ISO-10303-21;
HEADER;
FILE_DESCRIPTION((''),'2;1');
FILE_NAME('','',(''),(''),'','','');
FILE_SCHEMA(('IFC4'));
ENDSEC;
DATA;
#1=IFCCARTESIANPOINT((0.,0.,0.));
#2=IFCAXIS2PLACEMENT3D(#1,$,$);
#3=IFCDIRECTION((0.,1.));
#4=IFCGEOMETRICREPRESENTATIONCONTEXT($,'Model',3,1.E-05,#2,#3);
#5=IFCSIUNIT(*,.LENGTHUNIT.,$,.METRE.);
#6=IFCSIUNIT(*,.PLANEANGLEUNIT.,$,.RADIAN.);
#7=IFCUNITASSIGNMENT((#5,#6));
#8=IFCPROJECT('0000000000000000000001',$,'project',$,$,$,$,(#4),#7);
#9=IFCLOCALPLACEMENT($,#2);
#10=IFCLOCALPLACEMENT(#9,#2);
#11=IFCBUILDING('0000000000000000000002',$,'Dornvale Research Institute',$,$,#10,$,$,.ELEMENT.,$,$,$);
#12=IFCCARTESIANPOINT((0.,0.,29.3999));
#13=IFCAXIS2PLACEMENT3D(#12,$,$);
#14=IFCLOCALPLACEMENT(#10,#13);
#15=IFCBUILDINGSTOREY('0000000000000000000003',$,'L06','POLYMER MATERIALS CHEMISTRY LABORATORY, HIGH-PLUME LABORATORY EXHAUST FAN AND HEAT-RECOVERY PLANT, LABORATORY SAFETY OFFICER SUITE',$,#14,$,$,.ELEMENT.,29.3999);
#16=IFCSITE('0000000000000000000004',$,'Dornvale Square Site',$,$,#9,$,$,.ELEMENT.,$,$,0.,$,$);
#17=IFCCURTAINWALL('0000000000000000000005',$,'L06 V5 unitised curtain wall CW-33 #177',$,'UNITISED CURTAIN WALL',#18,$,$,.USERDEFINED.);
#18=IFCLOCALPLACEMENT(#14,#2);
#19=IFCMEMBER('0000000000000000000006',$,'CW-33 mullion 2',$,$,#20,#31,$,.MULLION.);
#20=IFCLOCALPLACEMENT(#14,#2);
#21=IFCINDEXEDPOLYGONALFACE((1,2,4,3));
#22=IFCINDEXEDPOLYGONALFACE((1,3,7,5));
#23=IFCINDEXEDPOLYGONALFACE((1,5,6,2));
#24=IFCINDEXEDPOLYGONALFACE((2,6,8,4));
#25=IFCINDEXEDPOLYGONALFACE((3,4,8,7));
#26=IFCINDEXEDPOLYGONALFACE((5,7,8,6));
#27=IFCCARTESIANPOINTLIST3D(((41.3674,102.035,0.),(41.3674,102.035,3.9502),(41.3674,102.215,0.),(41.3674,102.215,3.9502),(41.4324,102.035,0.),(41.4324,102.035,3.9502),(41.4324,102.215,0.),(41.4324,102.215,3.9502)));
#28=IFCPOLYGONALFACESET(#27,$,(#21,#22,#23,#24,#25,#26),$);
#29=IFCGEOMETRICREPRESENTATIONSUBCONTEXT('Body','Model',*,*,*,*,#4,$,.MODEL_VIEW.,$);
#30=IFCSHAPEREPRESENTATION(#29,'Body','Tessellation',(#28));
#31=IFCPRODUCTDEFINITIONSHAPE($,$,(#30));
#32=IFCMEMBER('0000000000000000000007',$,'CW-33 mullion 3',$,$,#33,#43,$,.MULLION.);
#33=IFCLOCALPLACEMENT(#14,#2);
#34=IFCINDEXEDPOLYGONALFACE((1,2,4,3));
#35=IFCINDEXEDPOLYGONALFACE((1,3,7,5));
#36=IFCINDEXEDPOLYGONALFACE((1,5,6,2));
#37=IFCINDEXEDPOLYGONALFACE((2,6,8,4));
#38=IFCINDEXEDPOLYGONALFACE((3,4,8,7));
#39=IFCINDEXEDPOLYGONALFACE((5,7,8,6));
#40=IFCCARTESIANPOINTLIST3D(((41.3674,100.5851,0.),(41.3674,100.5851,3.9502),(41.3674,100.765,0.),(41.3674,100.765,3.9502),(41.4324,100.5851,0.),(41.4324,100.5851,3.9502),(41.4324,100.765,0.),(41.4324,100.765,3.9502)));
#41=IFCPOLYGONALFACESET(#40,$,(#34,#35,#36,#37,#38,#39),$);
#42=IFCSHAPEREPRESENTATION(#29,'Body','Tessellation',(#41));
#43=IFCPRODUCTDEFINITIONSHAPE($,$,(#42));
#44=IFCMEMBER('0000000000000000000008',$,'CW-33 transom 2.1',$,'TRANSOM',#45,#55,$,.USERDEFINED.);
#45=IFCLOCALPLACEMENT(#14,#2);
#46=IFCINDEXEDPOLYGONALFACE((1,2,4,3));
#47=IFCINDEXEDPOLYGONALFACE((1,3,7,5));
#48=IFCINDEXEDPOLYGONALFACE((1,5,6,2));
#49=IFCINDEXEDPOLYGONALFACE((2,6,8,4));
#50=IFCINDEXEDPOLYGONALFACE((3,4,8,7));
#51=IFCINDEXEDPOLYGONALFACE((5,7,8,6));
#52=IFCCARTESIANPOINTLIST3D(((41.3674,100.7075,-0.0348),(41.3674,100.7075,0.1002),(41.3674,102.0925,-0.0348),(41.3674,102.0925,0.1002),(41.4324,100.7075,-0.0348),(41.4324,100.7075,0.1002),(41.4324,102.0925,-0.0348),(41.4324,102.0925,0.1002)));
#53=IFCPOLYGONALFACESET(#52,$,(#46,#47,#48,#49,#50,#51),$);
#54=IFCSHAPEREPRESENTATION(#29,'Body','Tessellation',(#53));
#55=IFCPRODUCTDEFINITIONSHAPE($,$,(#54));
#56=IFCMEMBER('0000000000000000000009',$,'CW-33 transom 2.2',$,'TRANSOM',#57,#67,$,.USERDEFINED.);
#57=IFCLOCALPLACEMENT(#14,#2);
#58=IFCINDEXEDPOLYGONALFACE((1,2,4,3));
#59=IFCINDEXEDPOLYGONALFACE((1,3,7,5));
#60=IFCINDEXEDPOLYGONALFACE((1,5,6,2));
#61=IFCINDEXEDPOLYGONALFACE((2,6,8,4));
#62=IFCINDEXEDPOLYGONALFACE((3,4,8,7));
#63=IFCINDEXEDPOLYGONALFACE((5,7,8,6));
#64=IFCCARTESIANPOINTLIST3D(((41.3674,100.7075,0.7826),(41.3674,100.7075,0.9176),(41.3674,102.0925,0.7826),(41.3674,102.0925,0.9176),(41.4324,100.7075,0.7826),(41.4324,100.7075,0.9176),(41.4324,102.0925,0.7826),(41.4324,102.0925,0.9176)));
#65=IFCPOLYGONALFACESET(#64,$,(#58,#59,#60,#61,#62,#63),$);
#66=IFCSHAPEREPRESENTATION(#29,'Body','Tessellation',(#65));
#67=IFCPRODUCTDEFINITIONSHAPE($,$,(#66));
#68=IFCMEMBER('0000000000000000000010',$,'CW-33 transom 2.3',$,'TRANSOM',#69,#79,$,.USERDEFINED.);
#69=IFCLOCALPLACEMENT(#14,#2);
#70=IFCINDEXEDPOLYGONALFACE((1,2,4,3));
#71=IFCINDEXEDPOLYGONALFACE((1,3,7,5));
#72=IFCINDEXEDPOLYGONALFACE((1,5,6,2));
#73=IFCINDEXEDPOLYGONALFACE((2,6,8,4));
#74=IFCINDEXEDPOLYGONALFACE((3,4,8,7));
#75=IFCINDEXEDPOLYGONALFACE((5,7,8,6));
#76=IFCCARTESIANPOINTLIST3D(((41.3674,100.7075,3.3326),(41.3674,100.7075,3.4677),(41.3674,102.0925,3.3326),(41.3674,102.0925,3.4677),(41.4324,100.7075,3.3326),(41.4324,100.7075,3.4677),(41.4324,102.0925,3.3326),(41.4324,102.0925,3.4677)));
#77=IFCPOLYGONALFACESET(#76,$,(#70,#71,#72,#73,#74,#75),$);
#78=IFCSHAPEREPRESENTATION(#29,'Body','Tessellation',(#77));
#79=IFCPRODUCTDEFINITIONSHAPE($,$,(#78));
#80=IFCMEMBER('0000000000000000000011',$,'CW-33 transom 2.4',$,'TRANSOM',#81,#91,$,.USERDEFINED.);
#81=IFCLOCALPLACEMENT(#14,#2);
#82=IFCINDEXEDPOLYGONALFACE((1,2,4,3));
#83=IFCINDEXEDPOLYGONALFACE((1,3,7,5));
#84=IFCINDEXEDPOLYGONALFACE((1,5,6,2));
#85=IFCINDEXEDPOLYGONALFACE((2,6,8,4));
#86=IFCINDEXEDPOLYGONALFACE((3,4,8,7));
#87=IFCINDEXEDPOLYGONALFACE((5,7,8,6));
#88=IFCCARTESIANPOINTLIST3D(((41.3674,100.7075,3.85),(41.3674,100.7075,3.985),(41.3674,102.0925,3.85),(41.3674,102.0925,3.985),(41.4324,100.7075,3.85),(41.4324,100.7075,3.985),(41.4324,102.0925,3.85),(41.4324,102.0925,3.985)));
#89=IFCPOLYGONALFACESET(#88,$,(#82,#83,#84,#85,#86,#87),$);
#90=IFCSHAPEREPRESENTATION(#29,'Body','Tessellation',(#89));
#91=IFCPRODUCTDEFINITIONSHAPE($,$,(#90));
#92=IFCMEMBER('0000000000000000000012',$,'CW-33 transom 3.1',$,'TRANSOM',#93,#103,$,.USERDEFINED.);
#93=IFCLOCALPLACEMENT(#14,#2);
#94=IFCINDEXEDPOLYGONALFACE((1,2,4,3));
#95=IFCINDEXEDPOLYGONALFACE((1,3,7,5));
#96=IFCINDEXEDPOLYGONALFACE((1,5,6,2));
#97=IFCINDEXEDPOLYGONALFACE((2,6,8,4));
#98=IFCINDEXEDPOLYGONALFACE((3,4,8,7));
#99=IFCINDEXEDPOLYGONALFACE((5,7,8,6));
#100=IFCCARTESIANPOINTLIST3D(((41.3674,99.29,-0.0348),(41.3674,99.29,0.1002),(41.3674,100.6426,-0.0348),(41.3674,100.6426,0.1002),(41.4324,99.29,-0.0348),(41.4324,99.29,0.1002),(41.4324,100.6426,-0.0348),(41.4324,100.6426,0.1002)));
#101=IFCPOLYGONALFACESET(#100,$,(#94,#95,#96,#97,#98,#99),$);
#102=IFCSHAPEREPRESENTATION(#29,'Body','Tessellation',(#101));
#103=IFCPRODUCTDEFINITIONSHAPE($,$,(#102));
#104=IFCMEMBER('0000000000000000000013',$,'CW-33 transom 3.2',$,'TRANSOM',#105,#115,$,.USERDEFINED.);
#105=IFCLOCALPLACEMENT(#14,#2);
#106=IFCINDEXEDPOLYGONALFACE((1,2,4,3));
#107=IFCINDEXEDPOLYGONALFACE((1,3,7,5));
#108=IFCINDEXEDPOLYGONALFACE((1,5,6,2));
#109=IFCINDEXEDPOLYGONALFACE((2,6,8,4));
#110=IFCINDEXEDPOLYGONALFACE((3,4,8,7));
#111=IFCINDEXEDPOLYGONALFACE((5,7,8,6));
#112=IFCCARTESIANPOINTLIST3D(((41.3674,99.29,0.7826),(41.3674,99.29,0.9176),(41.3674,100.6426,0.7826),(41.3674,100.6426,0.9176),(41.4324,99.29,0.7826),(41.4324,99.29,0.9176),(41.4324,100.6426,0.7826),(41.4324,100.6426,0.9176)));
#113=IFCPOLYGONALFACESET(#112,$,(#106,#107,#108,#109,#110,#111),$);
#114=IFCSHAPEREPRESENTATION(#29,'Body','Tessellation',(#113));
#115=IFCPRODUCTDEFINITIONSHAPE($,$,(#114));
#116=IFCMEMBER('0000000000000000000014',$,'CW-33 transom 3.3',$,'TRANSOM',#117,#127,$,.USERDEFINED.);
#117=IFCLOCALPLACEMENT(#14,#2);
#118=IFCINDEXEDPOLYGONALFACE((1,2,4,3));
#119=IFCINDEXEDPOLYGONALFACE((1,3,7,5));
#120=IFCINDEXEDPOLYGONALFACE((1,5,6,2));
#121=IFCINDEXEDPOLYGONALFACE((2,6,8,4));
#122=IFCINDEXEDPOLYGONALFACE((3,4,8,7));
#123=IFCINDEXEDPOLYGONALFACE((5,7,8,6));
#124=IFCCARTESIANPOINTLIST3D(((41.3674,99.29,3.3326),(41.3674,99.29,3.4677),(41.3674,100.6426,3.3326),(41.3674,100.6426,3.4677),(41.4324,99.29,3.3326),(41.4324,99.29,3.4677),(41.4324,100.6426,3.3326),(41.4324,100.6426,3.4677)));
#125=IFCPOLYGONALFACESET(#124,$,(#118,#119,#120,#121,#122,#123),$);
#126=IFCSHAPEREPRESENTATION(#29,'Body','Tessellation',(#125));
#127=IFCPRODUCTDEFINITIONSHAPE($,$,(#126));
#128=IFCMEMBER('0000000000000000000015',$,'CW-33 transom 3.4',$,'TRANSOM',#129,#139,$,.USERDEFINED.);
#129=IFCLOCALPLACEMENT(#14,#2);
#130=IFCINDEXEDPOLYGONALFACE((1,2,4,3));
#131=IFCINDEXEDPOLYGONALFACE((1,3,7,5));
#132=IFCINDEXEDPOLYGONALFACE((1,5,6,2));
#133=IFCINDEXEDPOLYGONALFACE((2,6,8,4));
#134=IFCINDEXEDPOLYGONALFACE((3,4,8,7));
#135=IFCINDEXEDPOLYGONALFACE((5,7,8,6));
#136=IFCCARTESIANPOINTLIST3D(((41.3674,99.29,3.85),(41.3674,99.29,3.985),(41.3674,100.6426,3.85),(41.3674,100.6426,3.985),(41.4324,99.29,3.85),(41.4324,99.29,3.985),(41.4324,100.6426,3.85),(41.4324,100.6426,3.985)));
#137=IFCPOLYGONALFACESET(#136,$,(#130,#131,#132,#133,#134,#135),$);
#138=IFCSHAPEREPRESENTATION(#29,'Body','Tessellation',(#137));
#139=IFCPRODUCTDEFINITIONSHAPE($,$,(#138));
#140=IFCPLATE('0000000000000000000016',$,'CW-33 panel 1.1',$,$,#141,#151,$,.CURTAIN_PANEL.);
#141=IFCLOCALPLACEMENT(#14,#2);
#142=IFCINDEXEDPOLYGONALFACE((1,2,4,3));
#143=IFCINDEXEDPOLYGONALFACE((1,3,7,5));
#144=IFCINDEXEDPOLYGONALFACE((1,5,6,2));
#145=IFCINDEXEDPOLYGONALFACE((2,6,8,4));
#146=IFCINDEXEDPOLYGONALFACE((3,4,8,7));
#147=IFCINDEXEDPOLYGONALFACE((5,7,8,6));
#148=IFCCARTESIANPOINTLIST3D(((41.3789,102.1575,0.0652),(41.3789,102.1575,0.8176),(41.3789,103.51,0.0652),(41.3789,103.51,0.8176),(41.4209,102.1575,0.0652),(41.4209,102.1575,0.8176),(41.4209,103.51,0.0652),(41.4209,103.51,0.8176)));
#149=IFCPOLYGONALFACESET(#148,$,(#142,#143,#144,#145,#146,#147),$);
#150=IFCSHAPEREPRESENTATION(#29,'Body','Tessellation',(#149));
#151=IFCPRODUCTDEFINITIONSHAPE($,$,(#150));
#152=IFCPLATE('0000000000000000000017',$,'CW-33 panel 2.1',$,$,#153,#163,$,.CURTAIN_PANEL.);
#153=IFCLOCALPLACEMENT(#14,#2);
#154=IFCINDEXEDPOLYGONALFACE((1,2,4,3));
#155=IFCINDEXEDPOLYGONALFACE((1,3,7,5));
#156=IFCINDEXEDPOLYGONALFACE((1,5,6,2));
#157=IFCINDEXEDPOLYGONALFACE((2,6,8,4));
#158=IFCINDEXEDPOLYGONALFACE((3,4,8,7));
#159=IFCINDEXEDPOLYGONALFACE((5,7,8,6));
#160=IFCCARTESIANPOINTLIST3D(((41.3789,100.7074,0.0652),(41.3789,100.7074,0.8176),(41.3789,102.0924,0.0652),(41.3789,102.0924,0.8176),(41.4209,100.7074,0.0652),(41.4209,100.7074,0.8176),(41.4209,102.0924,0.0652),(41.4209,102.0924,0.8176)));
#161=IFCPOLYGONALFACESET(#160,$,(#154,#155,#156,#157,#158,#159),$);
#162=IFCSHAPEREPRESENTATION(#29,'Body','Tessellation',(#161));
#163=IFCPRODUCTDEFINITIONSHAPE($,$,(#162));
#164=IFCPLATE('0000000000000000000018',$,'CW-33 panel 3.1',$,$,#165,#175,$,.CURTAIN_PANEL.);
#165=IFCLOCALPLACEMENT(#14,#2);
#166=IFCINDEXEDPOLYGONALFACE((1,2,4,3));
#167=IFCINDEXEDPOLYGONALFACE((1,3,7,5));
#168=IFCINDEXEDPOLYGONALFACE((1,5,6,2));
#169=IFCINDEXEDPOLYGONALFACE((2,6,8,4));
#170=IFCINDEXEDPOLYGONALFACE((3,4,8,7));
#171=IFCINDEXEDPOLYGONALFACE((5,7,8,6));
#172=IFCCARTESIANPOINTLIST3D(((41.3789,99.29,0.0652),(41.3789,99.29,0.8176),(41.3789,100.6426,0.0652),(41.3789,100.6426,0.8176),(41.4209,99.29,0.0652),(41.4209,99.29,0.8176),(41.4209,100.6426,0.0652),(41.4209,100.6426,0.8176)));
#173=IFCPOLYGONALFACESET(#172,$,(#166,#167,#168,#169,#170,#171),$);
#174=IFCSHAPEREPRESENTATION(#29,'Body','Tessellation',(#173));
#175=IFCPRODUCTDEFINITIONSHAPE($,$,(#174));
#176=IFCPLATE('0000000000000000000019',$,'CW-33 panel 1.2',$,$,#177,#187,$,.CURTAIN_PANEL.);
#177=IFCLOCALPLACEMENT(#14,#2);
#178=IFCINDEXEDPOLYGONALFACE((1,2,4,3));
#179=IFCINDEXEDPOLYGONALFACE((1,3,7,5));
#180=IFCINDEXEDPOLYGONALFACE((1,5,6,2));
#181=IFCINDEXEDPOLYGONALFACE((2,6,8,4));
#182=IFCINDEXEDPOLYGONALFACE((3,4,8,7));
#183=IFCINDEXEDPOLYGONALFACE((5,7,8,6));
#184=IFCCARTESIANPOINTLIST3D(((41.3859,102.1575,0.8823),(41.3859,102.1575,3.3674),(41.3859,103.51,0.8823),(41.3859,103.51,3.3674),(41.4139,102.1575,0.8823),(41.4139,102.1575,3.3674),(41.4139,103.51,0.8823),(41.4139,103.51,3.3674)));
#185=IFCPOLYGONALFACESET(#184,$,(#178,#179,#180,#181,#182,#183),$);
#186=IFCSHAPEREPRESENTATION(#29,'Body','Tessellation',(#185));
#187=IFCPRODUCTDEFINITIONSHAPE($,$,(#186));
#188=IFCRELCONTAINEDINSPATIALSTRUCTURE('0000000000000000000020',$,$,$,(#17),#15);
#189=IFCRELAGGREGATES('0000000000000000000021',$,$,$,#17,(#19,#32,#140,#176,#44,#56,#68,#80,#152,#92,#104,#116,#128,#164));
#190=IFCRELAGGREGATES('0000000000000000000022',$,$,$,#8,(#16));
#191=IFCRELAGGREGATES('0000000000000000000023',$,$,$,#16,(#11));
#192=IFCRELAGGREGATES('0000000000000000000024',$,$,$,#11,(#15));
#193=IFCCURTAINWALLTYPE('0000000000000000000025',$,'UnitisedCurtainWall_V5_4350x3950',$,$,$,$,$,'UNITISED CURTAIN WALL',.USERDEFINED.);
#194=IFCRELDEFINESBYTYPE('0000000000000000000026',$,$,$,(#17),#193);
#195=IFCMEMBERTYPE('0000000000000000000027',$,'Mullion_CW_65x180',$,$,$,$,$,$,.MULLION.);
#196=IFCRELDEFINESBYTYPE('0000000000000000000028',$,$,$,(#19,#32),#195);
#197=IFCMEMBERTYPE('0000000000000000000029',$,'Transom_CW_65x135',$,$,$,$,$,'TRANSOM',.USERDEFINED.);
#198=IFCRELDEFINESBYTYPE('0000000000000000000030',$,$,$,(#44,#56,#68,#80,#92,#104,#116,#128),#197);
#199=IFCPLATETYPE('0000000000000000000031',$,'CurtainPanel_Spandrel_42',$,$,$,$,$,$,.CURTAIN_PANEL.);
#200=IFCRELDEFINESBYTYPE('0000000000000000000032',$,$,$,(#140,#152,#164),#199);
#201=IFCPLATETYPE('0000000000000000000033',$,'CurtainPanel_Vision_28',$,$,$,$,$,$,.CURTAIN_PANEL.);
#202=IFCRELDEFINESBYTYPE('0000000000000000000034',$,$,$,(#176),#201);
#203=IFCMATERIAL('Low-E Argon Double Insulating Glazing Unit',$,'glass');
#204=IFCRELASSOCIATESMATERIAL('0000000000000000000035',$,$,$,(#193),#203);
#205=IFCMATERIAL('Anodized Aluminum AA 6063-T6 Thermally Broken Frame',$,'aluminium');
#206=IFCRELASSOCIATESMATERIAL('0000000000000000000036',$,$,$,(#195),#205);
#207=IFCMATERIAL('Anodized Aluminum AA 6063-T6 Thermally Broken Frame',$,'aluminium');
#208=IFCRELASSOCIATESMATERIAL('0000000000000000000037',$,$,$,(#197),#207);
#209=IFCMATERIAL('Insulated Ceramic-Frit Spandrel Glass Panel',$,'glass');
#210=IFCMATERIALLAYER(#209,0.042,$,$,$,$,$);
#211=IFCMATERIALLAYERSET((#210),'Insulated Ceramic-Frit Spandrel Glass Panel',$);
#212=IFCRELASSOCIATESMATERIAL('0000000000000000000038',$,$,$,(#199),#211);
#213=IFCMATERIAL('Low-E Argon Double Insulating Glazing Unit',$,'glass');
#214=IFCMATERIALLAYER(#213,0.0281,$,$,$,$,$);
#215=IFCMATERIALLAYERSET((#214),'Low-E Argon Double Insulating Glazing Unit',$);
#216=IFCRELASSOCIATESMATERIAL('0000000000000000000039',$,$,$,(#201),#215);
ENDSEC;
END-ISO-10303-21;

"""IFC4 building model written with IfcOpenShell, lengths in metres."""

from ifc_helpers import new_model, si_unit, direction, frame, origin, origin_2d, place, context, subcontext, project, spatial, rectangle, extrude, material, layer, layer_set, material_profile, profile_set, type_object, element, aggregate, save


model = new_model("IFC4")

# Units and contexts
model_context = context("Model", 3, precision=1e-05, world=origin(), true_north=direction((0.0, 1.0)))
body_context = subcontext(model_context, "Body", "Model", "MODEL_VIEW")
ifc_project = project(units=[si_unit("LENGTHUNIT", "METRE"), si_unit("PLANEANGLEUNIT", "RADIAN")], contexts=[model_context])

# Site, building, storey
site_placement = place(None, origin())
site = spatial("IfcSite", under=ifc_project, at=site_placement, Name="Dornvale Square Site", CompositionType="ELEMENT", RefElevation=0.0)
building_placement = place(site_placement, origin())
building = spatial("IfcBuilding", under=site, at=building_placement, Name="Dornvale Research Institute", CompositionType="ELEMENT")
storey_placement = place(building_placement, frame((0.0, 0.0, 29.3999)))
storey = spatial("IfcBuildingStorey", under=building, at=storey_placement, Name="L06", Description="POLYMER MATERIALS CHEMISTRY LABORATORY, HIGH-PLUME LABORATORY EXHAUST FAN AND HEAT-RECOVERY PLANT, LABORATORY SAFETY OFFICER SUITE", CompositionType="ELEMENT", Elevation=29.3999)

# Curtain wall, members, plates
ifc_material_1 = material(Name="Low-E Argon Double Insulating Glazing Unit", Category="glass")
curtain_wall_type = type_object("IfcCurtainWallType", Name="UnitisedCurtainWall_V5_4350x3950", ElementType="UNITISED CURTAIN WALL", PredefinedType="USERDEFINED", material=ifc_material_1)
curtain_wall_placement = place(storey_placement, origin())
curtain_wall = element("IfcCurtainWall", 1, at=curtain_wall_placement, inside=storey, type_object=curtain_wall_type, Name="L06 V5 unitised curtain wall CW-33 #177", ObjectType="UNITISED CURTAIN WALL", PredefinedType="USERDEFINED")
ifc_material_2 = material(Name="Anodized Aluminum AA 6063-T6 Thermally Broken Frame", Category="aluminium")
ifc_material_profile_1 = material_profile(ifc_material_2, rectangle(XDim=0.0649, YDim=0.1799, at=origin_2d()), Name="ALU MULLION 65x180")
ifc_profile_set_1 = profile_set([ifc_material_profile_1], Name="Anodized Aluminum AA 6063-T6 Thermally Broken Frame")
member_type_1 = type_object("IfcMemberType", Name="Mullion_CW_65x180", PredefinedType="MULLION", material=ifc_profile_set_1)
member_1_placement = place(storey_placement, frame((41.3999, 102.125, 0.0), z_axis=(0.0, 0.0, 1.0), x_axis=(1.0, 0.0, 0.0)))
member_1 = element("IfcMember", 2, at=member_1_placement, type_object=member_type_1, Name="CW-33 mullion 2", PredefinedType="MULLION", context=body_context, shape_type="SweptSolid", body=[
    extrude(rectangle(XDim=0.0649, YDim=0.1799, at=origin_2d()), origin(), (0.0, 0.0, 1.0), 3.9502),
])
member_2_placement = place(storey_placement, frame((41.3999, 100.675, 0.0), z_axis=(0.0, 0.0, 1.0), x_axis=(1.0, 0.0, 0.0)))
member_2 = element("IfcMember", 3, at=member_2_placement, type_object=member_type_1, Name="CW-33 mullion 3", PredefinedType="MULLION", context=body_context, shape_type="SweptSolid", body=[
    extrude(rectangle(XDim=0.0649, YDim=0.1799, at=origin_2d()), origin(), (0.0, 0.0, 1.0), 3.9502),
])
ifc_material_3 = material(Name="Anodized Aluminum AA 6063-T6 Thermally Broken Frame", Category="aluminium")
ifc_material_profile_2 = material_profile(ifc_material_3, rectangle(XDim=0.0649, YDim=0.135, at=origin_2d()), Name="ALU TRANSOM 65x135")
ifc_profile_set_2 = profile_set([ifc_material_profile_2], Name="Anodized Aluminum AA 6063-T6 Thermally Broken Frame")
member_type_2 = type_object("IfcMemberType", Name="Transom_CW_65x135", ElementType="TRANSOM", PredefinedType="USERDEFINED", material=ifc_profile_set_2)
member_3_placement = place(storey_placement, frame((41.3999, 102.0925, 0.0327), z_axis=(0.0, -1.0, 0.0), x_axis=(1.0, 0.0, 0.0)))
member_3 = element("IfcMember", 4, at=member_3_placement, type_object=member_type_2, Name="CW-33 transom 2.1", ObjectType="TRANSOM", PredefinedType="USERDEFINED", context=body_context, shape_type="SweptSolid", body=[
    extrude(rectangle(XDim=0.0649, YDim=0.135, at=origin_2d()), origin(), (0.0, 0.0, 1.0), 1.385),
])
member_4_placement = place(storey_placement, frame((41.3999, 102.0925, 0.8501), z_axis=(0.0, -1.0, 0.0), x_axis=(1.0, 0.0, 0.0)))
member_4 = element("IfcMember", 5, at=member_4_placement, type_object=member_type_2, Name="CW-33 transom 2.2", ObjectType="TRANSOM", PredefinedType="USERDEFINED", context=body_context, shape_type="SweptSolid", body=[
    extrude(rectangle(XDim=0.0649, YDim=0.135, at=origin_2d()), origin(), (0.0, 0.0, 1.0), 1.385),
])
member_5_placement = place(storey_placement, frame((41.3999, 102.0925, 3.4001), z_axis=(0.0, -1.0, 0.0), x_axis=(1.0, 0.0, 0.0)))
member_5 = element("IfcMember", 6, at=member_5_placement, type_object=member_type_2, Name="CW-33 transom 2.3", ObjectType="TRANSOM", PredefinedType="USERDEFINED", context=body_context, shape_type="SweptSolid", body=[
    extrude(rectangle(XDim=0.0649, YDim=0.135, at=origin_2d()), origin(), (0.0, 0.0, 1.0), 1.385),
])
member_6_placement = place(storey_placement, frame((41.3999, 102.0925, 3.9175), z_axis=(0.0, -1.0, 0.0), x_axis=(1.0, 0.0, 0.0)))
member_6 = element("IfcMember", 7, at=member_6_placement, type_object=member_type_2, Name="CW-33 transom 2.4", ObjectType="TRANSOM", PredefinedType="USERDEFINED", context=body_context, shape_type="SweptSolid", body=[
    extrude(rectangle(XDim=0.0649, YDim=0.135, at=origin_2d()), origin(), (0.0, 0.0, 1.0), 1.385),
])
member_7_placement = place(storey_placement, frame((41.3999, 100.6426, 0.0327), z_axis=(0.0, -1.0, 0.0), x_axis=(1.0, 0.0, 0.0)))
member_7 = element("IfcMember", 8, at=member_7_placement, type_object=member_type_2, Name="CW-33 transom 3.1", ObjectType="TRANSOM", PredefinedType="USERDEFINED", context=body_context, shape_type="SweptSolid", body=[
    extrude(rectangle(XDim=0.0649, YDim=0.135, at=origin_2d()), origin(), (0.0, 0.0, 1.0), 1.3525),
])
member_8_placement = place(storey_placement, frame((41.3999, 100.6426, 0.8501), z_axis=(0.0, -1.0, 0.0), x_axis=(1.0, 0.0, 0.0)))
member_8 = element("IfcMember", 9, at=member_8_placement, type_object=member_type_2, Name="CW-33 transom 3.2", ObjectType="TRANSOM", PredefinedType="USERDEFINED", context=body_context, shape_type="SweptSolid", body=[
    extrude(rectangle(XDim=0.0649, YDim=0.135, at=origin_2d()), origin(), (0.0, 0.0, 1.0), 1.3525),
])
member_9_placement = place(storey_placement, frame((41.3999, 100.6426, 3.4001), z_axis=(0.0, -1.0, 0.0), x_axis=(1.0, 0.0, 0.0)))
member_9 = element("IfcMember", 10, at=member_9_placement, type_object=member_type_2, Name="CW-33 transom 3.3", ObjectType="TRANSOM", PredefinedType="USERDEFINED", context=body_context, shape_type="SweptSolid", body=[
    extrude(rectangle(XDim=0.0649, YDim=0.135, at=origin_2d()), origin(), (0.0, 0.0, 1.0), 1.3525),
])
member_10_placement = place(storey_placement, frame((41.3999, 100.6426, 3.9175), z_axis=(0.0, -1.0, 0.0), x_axis=(1.0, 0.0, 0.0)))
member_10 = element("IfcMember", 11, at=member_10_placement, type_object=member_type_2, Name="CW-33 transom 3.4", ObjectType="TRANSOM", PredefinedType="USERDEFINED", context=body_context, shape_type="SweptSolid", body=[
    extrude(rectangle(XDim=0.0649, YDim=0.135, at=origin_2d()), origin(), (0.0, 0.0, 1.0), 1.3525),
])
ifc_material_4 = material(Name="Insulated Ceramic-Frit Spandrel Glass Panel", Category="glass")
ifc_layer_1 = layer(ifc_material_4, 0.042)
ifc_layer_set_1 = layer_set([ifc_layer_1], Name="Insulated Ceramic-Frit Spandrel Glass Panel")
plate_type_1 = type_object("IfcPlateType", Name="CurtainPanel_Spandrel_42", PredefinedType="CURTAIN_PANEL", material=ifc_layer_set_1)
plate_1_placement = place(storey_placement, frame((41.3999, 102.8337, 0.0652), z_axis=(0.0, 0.0, 1.0), x_axis=(0.0, -1.0, 0.0)))
plate_1 = element("IfcPlate", 12, at=plate_1_placement, type_object=plate_type_1, Name="CW-33 panel 1.1", PredefinedType="CURTAIN_PANEL", context=body_context, shape_type="SweptSolid", body=[
    extrude(rectangle(XDim=1.3525, YDim=0.042, at=origin_2d()), origin(), (0.0, 0.0, 1.0), 0.7524),
])
plate_2_placement = place(storey_placement, frame((41.3999, 101.3999, 0.0652), z_axis=(0.0, 0.0, 1.0), x_axis=(0.0, -1.0, 0.0)))
plate_2 = element("IfcPlate", 13, at=plate_2_placement, type_object=plate_type_1, Name="CW-33 panel 2.1", PredefinedType="CURTAIN_PANEL", context=body_context, shape_type="SweptSolid", body=[
    extrude(rectangle(XDim=1.385, YDim=0.042, at=origin_2d()), origin(), (0.0, 0.0, 1.0), 0.7524),
])
plate_3_placement = place(storey_placement, frame((41.3999, 99.9663, 0.0652), z_axis=(0.0, 0.0, 1.0), x_axis=(0.0, -1.0, 0.0)))
plate_3 = element("IfcPlate", 14, at=plate_3_placement, type_object=plate_type_1, Name="CW-33 panel 3.1", PredefinedType="CURTAIN_PANEL", context=body_context, shape_type="SweptSolid", body=[
    extrude(rectangle(XDim=1.3525, YDim=0.042, at=origin_2d()), origin(), (0.0, 0.0, 1.0), 0.7524),
])
ifc_material_5 = material(Name="Low-E Argon Double Insulating Glazing Unit", Category="glass")
ifc_layer_2 = layer(ifc_material_5, 0.0281)
ifc_layer_set_2 = layer_set([ifc_layer_2], Name="Low-E Argon Double Insulating Glazing Unit")
plate_type_2 = type_object("IfcPlateType", Name="CurtainPanel_Vision_28", PredefinedType="CURTAIN_PANEL", material=ifc_layer_set_2)
plate_4_placement = place(storey_placement, frame((41.3999, 102.8337, 0.8823), z_axis=(0.0, 0.0, 1.0), x_axis=(0.0, -1.0, 0.0)))
plate_4 = element("IfcPlate", 15, at=plate_4_placement, type_object=plate_type_2, Name="CW-33 panel 1.2", PredefinedType="CURTAIN_PANEL", context=body_context, shape_type="SweptSolid", body=[
    extrude(rectangle(XDim=1.3525, YDim=0.0281, at=origin_2d()), origin(), (0.0, 0.0, 1.0), 2.4851),
])
aggregate(curtain_wall, [member_1, member_2, plate_1, plate_4, member_3, member_4, member_5, member_6, plate_2, member_7, member_8, member_9, member_10, plate_3])

save(model, "model.ifc")
